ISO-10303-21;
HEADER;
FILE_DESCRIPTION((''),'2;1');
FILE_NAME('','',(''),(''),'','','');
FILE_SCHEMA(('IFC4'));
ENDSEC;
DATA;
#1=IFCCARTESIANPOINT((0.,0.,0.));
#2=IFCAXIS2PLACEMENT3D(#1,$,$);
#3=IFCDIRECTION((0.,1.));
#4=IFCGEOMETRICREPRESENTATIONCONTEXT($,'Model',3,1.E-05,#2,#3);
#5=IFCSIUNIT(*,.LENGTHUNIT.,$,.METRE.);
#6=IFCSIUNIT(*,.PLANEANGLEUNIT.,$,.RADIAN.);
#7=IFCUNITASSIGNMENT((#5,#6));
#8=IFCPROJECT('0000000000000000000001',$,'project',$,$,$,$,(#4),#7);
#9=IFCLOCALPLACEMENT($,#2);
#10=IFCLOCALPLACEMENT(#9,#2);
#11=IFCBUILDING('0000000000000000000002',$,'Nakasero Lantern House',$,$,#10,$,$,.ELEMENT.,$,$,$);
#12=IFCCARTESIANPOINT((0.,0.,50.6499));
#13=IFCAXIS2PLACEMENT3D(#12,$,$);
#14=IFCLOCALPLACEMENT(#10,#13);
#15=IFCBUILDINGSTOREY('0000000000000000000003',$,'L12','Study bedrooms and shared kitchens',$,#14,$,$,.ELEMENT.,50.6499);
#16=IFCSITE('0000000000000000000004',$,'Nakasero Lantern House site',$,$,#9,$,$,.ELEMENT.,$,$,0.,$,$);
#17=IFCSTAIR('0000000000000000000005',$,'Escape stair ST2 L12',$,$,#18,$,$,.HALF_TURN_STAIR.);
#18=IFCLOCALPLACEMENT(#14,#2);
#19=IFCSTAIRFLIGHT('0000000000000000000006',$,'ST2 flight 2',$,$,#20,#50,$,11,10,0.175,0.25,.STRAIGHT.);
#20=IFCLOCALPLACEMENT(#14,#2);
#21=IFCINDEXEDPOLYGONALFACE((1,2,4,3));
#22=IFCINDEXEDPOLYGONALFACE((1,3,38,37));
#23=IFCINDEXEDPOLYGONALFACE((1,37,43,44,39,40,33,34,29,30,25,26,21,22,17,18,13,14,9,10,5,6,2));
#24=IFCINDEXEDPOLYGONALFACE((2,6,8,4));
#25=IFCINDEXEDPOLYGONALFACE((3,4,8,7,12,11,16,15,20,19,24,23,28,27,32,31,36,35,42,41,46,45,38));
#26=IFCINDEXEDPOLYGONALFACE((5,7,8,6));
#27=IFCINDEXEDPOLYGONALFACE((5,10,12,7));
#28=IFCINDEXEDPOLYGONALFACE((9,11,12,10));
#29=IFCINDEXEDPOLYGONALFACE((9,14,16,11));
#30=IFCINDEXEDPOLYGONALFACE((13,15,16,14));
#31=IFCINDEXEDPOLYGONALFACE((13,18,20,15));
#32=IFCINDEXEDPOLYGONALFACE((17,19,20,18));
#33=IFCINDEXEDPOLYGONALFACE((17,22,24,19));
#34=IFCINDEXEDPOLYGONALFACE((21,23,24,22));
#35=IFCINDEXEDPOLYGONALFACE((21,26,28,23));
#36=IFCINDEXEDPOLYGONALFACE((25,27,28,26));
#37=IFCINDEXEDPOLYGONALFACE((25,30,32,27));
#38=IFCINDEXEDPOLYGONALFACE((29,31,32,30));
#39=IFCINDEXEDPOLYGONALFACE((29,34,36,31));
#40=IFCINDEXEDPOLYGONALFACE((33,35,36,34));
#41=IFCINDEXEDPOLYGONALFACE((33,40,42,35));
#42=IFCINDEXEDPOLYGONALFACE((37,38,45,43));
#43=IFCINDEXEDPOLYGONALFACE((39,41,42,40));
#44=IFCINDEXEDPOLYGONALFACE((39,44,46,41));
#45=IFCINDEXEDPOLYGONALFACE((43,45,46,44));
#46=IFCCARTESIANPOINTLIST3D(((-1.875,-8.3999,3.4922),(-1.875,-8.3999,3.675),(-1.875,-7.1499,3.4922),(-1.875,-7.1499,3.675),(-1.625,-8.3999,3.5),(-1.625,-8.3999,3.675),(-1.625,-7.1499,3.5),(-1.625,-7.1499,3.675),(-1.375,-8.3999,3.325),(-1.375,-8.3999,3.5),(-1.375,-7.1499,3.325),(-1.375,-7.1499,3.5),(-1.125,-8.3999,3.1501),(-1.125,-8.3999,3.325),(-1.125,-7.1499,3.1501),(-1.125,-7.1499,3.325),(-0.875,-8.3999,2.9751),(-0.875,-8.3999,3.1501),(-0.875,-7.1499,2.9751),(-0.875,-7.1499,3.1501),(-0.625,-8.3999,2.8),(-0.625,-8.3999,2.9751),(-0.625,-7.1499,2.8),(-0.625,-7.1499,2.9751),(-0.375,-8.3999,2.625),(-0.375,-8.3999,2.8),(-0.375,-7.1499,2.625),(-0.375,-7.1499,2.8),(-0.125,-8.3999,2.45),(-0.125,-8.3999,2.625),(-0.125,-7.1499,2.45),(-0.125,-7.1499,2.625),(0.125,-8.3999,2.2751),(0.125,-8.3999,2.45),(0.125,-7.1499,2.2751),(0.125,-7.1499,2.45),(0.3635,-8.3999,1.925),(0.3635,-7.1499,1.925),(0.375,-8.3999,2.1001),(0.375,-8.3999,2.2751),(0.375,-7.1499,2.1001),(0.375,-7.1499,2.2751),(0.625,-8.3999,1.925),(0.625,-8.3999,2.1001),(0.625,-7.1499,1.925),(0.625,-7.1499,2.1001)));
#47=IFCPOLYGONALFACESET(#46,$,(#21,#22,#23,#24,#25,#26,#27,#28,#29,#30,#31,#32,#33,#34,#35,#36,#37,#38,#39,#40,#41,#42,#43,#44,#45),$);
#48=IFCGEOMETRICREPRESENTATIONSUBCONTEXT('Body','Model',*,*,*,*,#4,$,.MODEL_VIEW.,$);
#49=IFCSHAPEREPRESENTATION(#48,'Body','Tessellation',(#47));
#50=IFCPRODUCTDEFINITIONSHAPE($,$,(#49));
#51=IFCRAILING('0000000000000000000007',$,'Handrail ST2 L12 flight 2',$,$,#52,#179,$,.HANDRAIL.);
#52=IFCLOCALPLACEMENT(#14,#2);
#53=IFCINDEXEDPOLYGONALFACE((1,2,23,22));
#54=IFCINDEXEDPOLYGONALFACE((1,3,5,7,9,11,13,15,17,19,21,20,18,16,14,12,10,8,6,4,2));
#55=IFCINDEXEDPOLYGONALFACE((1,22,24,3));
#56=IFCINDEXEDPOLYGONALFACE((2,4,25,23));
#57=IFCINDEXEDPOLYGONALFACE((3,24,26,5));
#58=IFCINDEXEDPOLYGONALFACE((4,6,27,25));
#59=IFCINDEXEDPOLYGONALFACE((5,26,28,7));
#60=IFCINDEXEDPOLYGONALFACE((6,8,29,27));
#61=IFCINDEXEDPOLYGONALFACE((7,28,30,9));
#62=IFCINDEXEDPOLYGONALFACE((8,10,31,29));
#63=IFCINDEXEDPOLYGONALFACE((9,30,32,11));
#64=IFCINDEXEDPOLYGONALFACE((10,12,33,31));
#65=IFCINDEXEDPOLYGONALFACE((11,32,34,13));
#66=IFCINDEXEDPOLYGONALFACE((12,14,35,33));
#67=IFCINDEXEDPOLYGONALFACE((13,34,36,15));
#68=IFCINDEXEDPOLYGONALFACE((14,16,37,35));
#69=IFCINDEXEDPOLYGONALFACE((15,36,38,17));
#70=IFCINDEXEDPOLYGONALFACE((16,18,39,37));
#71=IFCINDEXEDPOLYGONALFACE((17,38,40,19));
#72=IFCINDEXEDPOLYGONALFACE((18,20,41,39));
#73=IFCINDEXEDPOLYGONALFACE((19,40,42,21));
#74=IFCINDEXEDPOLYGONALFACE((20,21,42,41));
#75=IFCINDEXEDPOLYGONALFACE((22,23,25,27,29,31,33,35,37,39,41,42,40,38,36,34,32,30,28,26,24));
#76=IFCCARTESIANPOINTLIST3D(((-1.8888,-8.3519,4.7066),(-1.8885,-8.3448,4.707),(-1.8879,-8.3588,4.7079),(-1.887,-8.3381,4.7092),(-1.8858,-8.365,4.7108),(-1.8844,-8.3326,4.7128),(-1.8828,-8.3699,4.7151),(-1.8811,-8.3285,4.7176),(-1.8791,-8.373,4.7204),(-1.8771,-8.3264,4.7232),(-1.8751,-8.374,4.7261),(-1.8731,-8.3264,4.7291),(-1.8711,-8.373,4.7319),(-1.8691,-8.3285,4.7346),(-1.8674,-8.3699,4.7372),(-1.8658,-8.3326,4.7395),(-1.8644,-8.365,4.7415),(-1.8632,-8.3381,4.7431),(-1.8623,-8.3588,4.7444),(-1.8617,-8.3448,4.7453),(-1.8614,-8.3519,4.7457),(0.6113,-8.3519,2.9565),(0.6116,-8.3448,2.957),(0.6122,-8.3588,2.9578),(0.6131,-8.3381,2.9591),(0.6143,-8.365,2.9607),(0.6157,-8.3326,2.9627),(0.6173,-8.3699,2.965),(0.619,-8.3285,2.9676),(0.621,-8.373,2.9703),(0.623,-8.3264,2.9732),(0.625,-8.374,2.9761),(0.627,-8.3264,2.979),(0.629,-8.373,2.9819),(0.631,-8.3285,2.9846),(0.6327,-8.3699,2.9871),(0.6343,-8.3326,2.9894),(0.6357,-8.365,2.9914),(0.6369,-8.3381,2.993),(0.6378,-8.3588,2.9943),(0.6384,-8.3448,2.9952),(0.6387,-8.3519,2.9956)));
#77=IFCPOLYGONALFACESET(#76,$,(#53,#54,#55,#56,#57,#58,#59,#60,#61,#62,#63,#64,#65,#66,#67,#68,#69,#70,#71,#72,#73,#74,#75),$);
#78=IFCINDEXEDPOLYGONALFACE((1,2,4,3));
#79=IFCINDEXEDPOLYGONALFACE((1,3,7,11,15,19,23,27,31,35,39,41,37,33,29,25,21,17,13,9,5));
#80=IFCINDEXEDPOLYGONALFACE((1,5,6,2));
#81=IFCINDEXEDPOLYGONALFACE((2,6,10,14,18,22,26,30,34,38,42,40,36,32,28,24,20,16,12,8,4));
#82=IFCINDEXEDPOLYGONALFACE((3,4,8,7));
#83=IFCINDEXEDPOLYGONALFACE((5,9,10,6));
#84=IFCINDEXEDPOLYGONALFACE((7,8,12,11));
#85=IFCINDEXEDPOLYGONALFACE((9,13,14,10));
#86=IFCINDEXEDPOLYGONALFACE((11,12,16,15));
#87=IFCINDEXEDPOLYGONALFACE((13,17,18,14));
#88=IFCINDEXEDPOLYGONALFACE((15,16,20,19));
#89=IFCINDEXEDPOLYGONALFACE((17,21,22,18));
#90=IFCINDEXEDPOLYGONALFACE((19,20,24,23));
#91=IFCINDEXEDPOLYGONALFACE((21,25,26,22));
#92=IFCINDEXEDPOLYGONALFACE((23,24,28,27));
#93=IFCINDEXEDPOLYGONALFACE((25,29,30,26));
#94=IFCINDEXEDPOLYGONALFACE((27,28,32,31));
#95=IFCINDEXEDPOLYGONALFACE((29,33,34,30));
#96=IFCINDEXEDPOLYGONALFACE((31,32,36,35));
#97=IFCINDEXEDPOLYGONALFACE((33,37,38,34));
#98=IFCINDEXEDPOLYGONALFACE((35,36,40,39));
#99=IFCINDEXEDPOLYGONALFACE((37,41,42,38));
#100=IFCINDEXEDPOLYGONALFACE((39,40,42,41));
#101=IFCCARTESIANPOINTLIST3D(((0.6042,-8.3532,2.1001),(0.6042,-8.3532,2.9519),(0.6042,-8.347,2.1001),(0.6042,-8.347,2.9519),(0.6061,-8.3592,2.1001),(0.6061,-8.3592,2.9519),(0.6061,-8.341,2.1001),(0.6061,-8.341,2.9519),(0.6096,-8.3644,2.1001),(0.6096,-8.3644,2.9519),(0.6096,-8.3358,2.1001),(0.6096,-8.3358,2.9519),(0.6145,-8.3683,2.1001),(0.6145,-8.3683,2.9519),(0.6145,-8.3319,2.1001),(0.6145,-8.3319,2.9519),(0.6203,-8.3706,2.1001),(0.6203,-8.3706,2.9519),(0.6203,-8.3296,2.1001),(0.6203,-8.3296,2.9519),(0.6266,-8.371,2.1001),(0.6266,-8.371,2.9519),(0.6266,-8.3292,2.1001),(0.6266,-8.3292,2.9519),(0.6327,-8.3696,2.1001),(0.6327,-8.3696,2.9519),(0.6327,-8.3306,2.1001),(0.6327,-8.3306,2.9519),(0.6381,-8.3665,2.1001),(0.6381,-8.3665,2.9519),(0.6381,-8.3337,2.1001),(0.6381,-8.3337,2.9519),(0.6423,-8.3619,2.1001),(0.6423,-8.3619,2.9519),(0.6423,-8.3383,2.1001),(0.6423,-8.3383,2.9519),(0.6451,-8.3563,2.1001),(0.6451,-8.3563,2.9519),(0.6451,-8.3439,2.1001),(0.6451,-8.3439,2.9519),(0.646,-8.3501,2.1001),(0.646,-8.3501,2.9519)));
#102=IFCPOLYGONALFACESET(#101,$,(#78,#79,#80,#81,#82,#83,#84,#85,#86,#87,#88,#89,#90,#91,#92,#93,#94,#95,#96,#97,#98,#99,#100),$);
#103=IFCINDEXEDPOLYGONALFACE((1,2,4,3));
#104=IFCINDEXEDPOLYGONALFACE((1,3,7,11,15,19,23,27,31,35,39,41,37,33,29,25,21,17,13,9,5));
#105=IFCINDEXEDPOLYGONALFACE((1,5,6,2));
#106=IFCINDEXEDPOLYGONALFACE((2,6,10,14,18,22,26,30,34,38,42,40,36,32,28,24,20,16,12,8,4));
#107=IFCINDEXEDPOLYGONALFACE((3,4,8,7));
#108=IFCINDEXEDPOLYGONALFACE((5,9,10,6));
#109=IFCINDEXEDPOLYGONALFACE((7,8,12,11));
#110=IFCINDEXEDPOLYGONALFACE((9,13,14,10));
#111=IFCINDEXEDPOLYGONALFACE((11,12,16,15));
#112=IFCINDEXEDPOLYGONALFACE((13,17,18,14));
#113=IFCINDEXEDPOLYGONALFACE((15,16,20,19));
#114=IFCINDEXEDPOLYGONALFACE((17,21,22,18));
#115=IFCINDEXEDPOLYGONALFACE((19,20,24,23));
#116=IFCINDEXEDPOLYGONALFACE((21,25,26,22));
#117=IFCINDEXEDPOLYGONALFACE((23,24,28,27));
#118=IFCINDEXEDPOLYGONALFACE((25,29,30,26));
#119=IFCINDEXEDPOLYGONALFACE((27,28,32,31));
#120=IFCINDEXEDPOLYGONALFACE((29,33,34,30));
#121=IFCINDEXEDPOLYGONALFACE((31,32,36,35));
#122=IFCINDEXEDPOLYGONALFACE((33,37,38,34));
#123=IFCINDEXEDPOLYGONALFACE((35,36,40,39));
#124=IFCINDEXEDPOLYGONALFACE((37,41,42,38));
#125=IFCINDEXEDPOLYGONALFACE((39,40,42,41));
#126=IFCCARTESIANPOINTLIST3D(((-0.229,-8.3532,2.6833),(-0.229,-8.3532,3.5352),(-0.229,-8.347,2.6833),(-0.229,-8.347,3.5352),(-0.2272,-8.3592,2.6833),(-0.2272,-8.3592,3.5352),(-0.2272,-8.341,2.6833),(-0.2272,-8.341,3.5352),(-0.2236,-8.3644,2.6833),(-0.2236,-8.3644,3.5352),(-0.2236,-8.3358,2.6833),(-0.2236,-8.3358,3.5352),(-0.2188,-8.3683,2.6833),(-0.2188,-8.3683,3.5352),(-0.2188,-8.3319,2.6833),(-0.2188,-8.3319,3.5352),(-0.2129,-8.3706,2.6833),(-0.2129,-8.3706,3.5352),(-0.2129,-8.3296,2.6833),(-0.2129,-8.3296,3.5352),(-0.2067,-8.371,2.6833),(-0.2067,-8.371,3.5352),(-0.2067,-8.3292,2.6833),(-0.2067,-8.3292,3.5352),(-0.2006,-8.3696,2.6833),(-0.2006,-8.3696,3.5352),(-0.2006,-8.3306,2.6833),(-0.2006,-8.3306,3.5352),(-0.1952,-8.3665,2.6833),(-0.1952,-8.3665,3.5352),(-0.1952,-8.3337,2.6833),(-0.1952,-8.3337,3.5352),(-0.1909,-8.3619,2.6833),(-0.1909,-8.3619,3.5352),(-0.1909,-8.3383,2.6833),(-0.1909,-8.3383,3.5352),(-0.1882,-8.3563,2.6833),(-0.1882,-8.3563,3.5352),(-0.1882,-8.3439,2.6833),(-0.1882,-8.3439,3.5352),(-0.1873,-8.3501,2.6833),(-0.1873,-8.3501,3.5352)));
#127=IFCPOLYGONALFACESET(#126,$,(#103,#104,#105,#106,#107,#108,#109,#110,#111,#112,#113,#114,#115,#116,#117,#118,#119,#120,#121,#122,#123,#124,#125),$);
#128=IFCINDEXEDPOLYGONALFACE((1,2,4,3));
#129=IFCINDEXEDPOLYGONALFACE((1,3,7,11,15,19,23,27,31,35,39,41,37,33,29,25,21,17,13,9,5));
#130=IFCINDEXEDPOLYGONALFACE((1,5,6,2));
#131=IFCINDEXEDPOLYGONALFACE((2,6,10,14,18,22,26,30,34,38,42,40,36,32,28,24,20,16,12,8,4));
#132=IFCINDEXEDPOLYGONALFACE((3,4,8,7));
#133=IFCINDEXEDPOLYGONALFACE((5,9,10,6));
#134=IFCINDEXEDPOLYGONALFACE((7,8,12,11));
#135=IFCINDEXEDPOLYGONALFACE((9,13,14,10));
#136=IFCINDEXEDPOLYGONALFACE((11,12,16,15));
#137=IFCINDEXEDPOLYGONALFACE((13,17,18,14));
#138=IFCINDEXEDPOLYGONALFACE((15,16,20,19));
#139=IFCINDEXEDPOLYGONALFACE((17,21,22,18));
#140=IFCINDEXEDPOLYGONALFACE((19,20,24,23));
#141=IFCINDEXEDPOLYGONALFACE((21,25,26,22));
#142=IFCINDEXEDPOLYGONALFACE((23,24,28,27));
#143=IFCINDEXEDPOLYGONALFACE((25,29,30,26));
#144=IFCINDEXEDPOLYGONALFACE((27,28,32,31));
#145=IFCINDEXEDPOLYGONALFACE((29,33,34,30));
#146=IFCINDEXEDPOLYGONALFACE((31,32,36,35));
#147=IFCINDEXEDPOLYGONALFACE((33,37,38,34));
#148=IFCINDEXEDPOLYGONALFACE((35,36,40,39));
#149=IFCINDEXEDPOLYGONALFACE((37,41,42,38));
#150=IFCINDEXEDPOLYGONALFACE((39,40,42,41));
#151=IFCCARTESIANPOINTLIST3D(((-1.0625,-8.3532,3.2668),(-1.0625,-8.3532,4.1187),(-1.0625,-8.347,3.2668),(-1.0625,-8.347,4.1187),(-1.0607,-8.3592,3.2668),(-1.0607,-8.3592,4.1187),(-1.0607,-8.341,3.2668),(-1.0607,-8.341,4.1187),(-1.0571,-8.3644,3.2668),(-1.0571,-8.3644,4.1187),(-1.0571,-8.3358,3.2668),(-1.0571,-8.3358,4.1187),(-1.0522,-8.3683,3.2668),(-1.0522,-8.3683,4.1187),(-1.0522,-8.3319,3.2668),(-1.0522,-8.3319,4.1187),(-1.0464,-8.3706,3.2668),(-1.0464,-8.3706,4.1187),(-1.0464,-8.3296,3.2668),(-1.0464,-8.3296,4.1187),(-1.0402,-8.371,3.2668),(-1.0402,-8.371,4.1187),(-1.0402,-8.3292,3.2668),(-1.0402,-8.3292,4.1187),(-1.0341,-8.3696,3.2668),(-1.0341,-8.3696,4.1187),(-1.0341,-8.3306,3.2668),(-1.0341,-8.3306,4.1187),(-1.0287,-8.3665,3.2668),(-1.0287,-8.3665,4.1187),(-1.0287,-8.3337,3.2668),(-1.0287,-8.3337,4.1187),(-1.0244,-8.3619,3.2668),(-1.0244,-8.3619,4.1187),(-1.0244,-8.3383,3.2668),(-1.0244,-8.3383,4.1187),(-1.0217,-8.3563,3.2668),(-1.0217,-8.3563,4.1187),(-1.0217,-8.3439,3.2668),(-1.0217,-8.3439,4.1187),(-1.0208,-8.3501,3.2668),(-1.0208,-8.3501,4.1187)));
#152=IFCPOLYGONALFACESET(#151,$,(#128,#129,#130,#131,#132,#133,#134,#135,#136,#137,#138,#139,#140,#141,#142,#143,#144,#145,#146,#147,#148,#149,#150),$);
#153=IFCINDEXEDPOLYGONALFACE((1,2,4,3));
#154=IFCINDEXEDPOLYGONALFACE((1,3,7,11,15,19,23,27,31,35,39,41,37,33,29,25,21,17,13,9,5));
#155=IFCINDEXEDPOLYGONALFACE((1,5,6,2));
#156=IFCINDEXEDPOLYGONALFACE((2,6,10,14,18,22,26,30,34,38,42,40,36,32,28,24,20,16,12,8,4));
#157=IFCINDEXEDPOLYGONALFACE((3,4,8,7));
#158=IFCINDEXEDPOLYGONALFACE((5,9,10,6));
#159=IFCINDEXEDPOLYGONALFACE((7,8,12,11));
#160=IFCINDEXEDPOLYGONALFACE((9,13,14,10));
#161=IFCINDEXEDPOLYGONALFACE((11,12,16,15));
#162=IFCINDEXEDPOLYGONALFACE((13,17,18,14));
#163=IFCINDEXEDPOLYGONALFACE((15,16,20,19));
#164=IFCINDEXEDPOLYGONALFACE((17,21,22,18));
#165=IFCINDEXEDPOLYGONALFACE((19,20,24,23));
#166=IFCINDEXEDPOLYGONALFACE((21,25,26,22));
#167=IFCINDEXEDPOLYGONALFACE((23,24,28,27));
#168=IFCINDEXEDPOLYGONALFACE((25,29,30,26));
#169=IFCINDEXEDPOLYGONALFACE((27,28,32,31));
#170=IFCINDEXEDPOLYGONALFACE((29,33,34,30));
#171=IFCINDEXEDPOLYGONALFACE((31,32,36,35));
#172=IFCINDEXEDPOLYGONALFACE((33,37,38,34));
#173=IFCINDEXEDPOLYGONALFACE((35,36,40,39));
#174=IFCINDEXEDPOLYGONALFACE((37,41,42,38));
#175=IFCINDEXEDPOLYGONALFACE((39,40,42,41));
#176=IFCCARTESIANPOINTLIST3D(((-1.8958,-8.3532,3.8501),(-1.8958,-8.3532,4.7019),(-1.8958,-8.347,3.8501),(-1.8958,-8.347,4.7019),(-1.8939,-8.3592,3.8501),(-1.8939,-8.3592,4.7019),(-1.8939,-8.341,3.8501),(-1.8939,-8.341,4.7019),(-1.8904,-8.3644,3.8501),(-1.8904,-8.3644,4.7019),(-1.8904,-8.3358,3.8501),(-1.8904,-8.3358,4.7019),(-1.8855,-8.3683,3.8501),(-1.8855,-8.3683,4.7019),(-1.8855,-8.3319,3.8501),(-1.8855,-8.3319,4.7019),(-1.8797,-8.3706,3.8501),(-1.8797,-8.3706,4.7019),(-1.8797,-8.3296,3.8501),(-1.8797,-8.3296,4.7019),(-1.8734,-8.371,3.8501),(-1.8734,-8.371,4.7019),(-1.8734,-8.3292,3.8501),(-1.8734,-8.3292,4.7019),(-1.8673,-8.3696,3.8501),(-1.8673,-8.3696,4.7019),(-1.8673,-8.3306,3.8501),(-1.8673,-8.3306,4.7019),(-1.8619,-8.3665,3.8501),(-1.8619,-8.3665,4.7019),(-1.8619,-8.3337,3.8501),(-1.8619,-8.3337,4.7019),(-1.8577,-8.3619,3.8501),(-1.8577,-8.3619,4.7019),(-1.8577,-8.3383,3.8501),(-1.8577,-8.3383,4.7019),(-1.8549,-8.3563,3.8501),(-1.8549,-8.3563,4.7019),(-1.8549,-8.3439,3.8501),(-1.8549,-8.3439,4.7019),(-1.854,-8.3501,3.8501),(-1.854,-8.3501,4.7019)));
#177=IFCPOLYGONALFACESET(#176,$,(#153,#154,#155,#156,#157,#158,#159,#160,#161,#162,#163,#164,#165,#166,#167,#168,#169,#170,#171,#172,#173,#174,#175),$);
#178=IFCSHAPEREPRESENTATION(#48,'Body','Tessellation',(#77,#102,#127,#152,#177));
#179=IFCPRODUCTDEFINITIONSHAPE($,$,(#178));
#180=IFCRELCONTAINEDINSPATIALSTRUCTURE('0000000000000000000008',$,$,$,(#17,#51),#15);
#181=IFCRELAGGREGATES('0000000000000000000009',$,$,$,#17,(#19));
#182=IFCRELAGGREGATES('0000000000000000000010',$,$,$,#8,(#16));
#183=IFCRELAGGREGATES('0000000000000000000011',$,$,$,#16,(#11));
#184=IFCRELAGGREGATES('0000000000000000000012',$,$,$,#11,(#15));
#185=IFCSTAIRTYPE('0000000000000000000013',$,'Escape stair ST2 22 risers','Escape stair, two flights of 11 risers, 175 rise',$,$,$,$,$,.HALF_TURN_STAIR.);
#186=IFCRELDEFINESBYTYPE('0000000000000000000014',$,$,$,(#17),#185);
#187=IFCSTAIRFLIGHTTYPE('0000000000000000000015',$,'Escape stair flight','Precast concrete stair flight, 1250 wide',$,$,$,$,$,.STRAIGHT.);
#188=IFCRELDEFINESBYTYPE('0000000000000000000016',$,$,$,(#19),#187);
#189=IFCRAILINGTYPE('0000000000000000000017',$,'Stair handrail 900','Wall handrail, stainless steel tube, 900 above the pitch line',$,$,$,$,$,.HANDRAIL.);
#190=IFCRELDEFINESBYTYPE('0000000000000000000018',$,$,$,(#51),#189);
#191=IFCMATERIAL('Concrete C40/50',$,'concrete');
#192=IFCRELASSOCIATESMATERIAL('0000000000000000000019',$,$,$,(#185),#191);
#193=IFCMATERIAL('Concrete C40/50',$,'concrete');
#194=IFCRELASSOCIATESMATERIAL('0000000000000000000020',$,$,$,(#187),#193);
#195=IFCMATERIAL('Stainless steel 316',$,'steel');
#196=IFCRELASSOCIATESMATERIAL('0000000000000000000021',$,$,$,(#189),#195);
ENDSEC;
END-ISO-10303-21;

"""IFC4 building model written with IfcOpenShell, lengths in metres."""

from ifc_helpers import new_model, si_unit, direction, frame, origin, origin_2d, place, context, subcontext, project, spatial, polyline, circle, outline, extrude, material, type_object, element, aggregate, save


model = new_model("IFC4")

# Units and contexts
model_context = context("Model", 3, precision=1e-05, world=origin(), true_north=direction((0.0, 1.0)))
body_context = subcontext(model_context, "Body", "Model", "MODEL_VIEW")
ifc_project = project(units=[si_unit("LENGTHUNIT", "METRE"), si_unit("PLANEANGLEUNIT", "RADIAN")], contexts=[model_context])

# Site, building, storey
site_placement = place(None, origin())
site = spatial("IfcSite", under=ifc_project, at=site_placement, Name="Nakasero Lantern House site", CompositionType="ELEMENT", RefElevation=0.0)
building_placement = place(site_placement, origin())
building = spatial("IfcBuilding", under=site, at=building_placement, Name="Nakasero Lantern House", CompositionType="ELEMENT")
storey_placement = place(building_placement, frame((0.0, 0.0, 50.6499)))
storey = spatial("IfcBuildingStorey", under=building, at=storey_placement, Name="L12", Description="Study bedrooms and shared kitchens", CompositionType="ELEMENT", Elevation=50.6499)

# Stair, stair flight
ifc_material_1 = material(Name="Concrete C40/50", Category="concrete")
stair_type = type_object("IfcStairType", Name="Escape stair ST2 22 risers", Description="Escape stair, two flights of 11 risers, 175 rise", PredefinedType="HALF_TURN_STAIR", material=ifc_material_1)
stair_placement = place(storey_placement, origin())
stair = element("IfcStair", 1, at=stair_placement, inside=storey, type_object=stair_type, Name="Escape stair ST2 L12", PredefinedType="HALF_TURN_STAIR")
ifc_material_2 = material(Name="Concrete C40/50", Category="concrete")
stair_flight_type = type_object("IfcStairFlightType", Name="Escape stair flight", Description="Precast concrete stair flight, 1250 wide", PredefinedType="STRAIGHT", material=ifc_material_2)
stair_flight_placement = place(storey_placement, frame((0.625, -7.7749, 1.925), z_axis=(0.0, 0.0, 1.0), x_axis=(-1.0, 0.0, 0.0)))
stair_flight = element("IfcStairFlight", 2, at=stair_flight_placement, type_object=stair_flight_type, Name="ST2 flight 2", NumberOfRisers=11, NumberOfTreads=10, PredefinedType="STRAIGHT", RiserHeight=0.175, TreadLength=0.25, context=body_context, shape_type="SweptSolid", body=[
    extrude(outline(polyline([(0.0, 0.0), (0.0, 0.175), (0.25, 0.175), (0.25, 0.3501), (0.5, 0.3501), (0.5, 0.5249), (0.75, 0.5249), (0.75, 0.7), (1.0, 0.7), (1.0, 0.875), (1.25, 0.875), (1.25, 1.05), (1.5, 1.05), (1.5, 1.2251), (1.75, 1.2251), (1.75, 1.3999), (2.0, 1.3999), (2.0, 1.575), (2.25, 1.575), (2.25, 1.75), (2.5, 1.75), (2.5, 1.925), (2.5, 1.5671), (0.2615, 0.0), (0.0, 0.0)])), frame((0.0, 0.625, 0.0), z_axis=(0.0, -1.0, 0.0), x_axis=(1.0, 0.0, 0.0)), (0.0, 0.0, 1.0), 1.25),
])
aggregate(stair, [stair_flight])

# Railing
ifc_material_3 = material(Name="Stainless steel 316", Category="steel")
railing_type = type_object("IfcRailingType", Name="Stair handrail 900", Description="Wall handrail, stainless steel tube, 900 above the pitch line", PredefinedType="HANDRAIL", material=ifc_material_3)
railing_placement = place(storey_placement, frame((0.625, -8.3501, 2.1001)))
element("IfcRailing", 3, at=railing_placement, inside=storey, type_object=railing_type, Name="Handrail ST2 L12 flight 2", PredefinedType="HANDRAIL", context=body_context, shape_type="SweptSolid", body=[
    extrude(circle(Radius=0.0239, at=origin_2d()), frame((0.0, 0.0, 0.876), z_axis=(-0.819232, 0.0, 0.573462), x_axis=(0.0, -1.0, 0.0)), (0.0, 0.0, 1.0), 3.0518),
    extrude(circle(Radius=0.021, at=origin_2d()), origin(), (0.0, 0.0, 1.0), 0.8518),
    extrude(circle(Radius=0.021, at=origin_2d()), frame((-0.8333, 0.0, 0.5833)), (0.0, 0.0, 1.0), 0.8518),
    extrude(circle(Radius=0.021, at=origin_2d()), frame((-1.6667, 0.0, 1.1667)), (0.0, 0.0, 1.0), 0.8518),
    extrude(circle(Radius=0.021, at=origin_2d()), frame((-2.5, 0.0, 1.75)), (0.0, 0.0, 1.0), 0.8518),
])

save(model, "model.ifc")
